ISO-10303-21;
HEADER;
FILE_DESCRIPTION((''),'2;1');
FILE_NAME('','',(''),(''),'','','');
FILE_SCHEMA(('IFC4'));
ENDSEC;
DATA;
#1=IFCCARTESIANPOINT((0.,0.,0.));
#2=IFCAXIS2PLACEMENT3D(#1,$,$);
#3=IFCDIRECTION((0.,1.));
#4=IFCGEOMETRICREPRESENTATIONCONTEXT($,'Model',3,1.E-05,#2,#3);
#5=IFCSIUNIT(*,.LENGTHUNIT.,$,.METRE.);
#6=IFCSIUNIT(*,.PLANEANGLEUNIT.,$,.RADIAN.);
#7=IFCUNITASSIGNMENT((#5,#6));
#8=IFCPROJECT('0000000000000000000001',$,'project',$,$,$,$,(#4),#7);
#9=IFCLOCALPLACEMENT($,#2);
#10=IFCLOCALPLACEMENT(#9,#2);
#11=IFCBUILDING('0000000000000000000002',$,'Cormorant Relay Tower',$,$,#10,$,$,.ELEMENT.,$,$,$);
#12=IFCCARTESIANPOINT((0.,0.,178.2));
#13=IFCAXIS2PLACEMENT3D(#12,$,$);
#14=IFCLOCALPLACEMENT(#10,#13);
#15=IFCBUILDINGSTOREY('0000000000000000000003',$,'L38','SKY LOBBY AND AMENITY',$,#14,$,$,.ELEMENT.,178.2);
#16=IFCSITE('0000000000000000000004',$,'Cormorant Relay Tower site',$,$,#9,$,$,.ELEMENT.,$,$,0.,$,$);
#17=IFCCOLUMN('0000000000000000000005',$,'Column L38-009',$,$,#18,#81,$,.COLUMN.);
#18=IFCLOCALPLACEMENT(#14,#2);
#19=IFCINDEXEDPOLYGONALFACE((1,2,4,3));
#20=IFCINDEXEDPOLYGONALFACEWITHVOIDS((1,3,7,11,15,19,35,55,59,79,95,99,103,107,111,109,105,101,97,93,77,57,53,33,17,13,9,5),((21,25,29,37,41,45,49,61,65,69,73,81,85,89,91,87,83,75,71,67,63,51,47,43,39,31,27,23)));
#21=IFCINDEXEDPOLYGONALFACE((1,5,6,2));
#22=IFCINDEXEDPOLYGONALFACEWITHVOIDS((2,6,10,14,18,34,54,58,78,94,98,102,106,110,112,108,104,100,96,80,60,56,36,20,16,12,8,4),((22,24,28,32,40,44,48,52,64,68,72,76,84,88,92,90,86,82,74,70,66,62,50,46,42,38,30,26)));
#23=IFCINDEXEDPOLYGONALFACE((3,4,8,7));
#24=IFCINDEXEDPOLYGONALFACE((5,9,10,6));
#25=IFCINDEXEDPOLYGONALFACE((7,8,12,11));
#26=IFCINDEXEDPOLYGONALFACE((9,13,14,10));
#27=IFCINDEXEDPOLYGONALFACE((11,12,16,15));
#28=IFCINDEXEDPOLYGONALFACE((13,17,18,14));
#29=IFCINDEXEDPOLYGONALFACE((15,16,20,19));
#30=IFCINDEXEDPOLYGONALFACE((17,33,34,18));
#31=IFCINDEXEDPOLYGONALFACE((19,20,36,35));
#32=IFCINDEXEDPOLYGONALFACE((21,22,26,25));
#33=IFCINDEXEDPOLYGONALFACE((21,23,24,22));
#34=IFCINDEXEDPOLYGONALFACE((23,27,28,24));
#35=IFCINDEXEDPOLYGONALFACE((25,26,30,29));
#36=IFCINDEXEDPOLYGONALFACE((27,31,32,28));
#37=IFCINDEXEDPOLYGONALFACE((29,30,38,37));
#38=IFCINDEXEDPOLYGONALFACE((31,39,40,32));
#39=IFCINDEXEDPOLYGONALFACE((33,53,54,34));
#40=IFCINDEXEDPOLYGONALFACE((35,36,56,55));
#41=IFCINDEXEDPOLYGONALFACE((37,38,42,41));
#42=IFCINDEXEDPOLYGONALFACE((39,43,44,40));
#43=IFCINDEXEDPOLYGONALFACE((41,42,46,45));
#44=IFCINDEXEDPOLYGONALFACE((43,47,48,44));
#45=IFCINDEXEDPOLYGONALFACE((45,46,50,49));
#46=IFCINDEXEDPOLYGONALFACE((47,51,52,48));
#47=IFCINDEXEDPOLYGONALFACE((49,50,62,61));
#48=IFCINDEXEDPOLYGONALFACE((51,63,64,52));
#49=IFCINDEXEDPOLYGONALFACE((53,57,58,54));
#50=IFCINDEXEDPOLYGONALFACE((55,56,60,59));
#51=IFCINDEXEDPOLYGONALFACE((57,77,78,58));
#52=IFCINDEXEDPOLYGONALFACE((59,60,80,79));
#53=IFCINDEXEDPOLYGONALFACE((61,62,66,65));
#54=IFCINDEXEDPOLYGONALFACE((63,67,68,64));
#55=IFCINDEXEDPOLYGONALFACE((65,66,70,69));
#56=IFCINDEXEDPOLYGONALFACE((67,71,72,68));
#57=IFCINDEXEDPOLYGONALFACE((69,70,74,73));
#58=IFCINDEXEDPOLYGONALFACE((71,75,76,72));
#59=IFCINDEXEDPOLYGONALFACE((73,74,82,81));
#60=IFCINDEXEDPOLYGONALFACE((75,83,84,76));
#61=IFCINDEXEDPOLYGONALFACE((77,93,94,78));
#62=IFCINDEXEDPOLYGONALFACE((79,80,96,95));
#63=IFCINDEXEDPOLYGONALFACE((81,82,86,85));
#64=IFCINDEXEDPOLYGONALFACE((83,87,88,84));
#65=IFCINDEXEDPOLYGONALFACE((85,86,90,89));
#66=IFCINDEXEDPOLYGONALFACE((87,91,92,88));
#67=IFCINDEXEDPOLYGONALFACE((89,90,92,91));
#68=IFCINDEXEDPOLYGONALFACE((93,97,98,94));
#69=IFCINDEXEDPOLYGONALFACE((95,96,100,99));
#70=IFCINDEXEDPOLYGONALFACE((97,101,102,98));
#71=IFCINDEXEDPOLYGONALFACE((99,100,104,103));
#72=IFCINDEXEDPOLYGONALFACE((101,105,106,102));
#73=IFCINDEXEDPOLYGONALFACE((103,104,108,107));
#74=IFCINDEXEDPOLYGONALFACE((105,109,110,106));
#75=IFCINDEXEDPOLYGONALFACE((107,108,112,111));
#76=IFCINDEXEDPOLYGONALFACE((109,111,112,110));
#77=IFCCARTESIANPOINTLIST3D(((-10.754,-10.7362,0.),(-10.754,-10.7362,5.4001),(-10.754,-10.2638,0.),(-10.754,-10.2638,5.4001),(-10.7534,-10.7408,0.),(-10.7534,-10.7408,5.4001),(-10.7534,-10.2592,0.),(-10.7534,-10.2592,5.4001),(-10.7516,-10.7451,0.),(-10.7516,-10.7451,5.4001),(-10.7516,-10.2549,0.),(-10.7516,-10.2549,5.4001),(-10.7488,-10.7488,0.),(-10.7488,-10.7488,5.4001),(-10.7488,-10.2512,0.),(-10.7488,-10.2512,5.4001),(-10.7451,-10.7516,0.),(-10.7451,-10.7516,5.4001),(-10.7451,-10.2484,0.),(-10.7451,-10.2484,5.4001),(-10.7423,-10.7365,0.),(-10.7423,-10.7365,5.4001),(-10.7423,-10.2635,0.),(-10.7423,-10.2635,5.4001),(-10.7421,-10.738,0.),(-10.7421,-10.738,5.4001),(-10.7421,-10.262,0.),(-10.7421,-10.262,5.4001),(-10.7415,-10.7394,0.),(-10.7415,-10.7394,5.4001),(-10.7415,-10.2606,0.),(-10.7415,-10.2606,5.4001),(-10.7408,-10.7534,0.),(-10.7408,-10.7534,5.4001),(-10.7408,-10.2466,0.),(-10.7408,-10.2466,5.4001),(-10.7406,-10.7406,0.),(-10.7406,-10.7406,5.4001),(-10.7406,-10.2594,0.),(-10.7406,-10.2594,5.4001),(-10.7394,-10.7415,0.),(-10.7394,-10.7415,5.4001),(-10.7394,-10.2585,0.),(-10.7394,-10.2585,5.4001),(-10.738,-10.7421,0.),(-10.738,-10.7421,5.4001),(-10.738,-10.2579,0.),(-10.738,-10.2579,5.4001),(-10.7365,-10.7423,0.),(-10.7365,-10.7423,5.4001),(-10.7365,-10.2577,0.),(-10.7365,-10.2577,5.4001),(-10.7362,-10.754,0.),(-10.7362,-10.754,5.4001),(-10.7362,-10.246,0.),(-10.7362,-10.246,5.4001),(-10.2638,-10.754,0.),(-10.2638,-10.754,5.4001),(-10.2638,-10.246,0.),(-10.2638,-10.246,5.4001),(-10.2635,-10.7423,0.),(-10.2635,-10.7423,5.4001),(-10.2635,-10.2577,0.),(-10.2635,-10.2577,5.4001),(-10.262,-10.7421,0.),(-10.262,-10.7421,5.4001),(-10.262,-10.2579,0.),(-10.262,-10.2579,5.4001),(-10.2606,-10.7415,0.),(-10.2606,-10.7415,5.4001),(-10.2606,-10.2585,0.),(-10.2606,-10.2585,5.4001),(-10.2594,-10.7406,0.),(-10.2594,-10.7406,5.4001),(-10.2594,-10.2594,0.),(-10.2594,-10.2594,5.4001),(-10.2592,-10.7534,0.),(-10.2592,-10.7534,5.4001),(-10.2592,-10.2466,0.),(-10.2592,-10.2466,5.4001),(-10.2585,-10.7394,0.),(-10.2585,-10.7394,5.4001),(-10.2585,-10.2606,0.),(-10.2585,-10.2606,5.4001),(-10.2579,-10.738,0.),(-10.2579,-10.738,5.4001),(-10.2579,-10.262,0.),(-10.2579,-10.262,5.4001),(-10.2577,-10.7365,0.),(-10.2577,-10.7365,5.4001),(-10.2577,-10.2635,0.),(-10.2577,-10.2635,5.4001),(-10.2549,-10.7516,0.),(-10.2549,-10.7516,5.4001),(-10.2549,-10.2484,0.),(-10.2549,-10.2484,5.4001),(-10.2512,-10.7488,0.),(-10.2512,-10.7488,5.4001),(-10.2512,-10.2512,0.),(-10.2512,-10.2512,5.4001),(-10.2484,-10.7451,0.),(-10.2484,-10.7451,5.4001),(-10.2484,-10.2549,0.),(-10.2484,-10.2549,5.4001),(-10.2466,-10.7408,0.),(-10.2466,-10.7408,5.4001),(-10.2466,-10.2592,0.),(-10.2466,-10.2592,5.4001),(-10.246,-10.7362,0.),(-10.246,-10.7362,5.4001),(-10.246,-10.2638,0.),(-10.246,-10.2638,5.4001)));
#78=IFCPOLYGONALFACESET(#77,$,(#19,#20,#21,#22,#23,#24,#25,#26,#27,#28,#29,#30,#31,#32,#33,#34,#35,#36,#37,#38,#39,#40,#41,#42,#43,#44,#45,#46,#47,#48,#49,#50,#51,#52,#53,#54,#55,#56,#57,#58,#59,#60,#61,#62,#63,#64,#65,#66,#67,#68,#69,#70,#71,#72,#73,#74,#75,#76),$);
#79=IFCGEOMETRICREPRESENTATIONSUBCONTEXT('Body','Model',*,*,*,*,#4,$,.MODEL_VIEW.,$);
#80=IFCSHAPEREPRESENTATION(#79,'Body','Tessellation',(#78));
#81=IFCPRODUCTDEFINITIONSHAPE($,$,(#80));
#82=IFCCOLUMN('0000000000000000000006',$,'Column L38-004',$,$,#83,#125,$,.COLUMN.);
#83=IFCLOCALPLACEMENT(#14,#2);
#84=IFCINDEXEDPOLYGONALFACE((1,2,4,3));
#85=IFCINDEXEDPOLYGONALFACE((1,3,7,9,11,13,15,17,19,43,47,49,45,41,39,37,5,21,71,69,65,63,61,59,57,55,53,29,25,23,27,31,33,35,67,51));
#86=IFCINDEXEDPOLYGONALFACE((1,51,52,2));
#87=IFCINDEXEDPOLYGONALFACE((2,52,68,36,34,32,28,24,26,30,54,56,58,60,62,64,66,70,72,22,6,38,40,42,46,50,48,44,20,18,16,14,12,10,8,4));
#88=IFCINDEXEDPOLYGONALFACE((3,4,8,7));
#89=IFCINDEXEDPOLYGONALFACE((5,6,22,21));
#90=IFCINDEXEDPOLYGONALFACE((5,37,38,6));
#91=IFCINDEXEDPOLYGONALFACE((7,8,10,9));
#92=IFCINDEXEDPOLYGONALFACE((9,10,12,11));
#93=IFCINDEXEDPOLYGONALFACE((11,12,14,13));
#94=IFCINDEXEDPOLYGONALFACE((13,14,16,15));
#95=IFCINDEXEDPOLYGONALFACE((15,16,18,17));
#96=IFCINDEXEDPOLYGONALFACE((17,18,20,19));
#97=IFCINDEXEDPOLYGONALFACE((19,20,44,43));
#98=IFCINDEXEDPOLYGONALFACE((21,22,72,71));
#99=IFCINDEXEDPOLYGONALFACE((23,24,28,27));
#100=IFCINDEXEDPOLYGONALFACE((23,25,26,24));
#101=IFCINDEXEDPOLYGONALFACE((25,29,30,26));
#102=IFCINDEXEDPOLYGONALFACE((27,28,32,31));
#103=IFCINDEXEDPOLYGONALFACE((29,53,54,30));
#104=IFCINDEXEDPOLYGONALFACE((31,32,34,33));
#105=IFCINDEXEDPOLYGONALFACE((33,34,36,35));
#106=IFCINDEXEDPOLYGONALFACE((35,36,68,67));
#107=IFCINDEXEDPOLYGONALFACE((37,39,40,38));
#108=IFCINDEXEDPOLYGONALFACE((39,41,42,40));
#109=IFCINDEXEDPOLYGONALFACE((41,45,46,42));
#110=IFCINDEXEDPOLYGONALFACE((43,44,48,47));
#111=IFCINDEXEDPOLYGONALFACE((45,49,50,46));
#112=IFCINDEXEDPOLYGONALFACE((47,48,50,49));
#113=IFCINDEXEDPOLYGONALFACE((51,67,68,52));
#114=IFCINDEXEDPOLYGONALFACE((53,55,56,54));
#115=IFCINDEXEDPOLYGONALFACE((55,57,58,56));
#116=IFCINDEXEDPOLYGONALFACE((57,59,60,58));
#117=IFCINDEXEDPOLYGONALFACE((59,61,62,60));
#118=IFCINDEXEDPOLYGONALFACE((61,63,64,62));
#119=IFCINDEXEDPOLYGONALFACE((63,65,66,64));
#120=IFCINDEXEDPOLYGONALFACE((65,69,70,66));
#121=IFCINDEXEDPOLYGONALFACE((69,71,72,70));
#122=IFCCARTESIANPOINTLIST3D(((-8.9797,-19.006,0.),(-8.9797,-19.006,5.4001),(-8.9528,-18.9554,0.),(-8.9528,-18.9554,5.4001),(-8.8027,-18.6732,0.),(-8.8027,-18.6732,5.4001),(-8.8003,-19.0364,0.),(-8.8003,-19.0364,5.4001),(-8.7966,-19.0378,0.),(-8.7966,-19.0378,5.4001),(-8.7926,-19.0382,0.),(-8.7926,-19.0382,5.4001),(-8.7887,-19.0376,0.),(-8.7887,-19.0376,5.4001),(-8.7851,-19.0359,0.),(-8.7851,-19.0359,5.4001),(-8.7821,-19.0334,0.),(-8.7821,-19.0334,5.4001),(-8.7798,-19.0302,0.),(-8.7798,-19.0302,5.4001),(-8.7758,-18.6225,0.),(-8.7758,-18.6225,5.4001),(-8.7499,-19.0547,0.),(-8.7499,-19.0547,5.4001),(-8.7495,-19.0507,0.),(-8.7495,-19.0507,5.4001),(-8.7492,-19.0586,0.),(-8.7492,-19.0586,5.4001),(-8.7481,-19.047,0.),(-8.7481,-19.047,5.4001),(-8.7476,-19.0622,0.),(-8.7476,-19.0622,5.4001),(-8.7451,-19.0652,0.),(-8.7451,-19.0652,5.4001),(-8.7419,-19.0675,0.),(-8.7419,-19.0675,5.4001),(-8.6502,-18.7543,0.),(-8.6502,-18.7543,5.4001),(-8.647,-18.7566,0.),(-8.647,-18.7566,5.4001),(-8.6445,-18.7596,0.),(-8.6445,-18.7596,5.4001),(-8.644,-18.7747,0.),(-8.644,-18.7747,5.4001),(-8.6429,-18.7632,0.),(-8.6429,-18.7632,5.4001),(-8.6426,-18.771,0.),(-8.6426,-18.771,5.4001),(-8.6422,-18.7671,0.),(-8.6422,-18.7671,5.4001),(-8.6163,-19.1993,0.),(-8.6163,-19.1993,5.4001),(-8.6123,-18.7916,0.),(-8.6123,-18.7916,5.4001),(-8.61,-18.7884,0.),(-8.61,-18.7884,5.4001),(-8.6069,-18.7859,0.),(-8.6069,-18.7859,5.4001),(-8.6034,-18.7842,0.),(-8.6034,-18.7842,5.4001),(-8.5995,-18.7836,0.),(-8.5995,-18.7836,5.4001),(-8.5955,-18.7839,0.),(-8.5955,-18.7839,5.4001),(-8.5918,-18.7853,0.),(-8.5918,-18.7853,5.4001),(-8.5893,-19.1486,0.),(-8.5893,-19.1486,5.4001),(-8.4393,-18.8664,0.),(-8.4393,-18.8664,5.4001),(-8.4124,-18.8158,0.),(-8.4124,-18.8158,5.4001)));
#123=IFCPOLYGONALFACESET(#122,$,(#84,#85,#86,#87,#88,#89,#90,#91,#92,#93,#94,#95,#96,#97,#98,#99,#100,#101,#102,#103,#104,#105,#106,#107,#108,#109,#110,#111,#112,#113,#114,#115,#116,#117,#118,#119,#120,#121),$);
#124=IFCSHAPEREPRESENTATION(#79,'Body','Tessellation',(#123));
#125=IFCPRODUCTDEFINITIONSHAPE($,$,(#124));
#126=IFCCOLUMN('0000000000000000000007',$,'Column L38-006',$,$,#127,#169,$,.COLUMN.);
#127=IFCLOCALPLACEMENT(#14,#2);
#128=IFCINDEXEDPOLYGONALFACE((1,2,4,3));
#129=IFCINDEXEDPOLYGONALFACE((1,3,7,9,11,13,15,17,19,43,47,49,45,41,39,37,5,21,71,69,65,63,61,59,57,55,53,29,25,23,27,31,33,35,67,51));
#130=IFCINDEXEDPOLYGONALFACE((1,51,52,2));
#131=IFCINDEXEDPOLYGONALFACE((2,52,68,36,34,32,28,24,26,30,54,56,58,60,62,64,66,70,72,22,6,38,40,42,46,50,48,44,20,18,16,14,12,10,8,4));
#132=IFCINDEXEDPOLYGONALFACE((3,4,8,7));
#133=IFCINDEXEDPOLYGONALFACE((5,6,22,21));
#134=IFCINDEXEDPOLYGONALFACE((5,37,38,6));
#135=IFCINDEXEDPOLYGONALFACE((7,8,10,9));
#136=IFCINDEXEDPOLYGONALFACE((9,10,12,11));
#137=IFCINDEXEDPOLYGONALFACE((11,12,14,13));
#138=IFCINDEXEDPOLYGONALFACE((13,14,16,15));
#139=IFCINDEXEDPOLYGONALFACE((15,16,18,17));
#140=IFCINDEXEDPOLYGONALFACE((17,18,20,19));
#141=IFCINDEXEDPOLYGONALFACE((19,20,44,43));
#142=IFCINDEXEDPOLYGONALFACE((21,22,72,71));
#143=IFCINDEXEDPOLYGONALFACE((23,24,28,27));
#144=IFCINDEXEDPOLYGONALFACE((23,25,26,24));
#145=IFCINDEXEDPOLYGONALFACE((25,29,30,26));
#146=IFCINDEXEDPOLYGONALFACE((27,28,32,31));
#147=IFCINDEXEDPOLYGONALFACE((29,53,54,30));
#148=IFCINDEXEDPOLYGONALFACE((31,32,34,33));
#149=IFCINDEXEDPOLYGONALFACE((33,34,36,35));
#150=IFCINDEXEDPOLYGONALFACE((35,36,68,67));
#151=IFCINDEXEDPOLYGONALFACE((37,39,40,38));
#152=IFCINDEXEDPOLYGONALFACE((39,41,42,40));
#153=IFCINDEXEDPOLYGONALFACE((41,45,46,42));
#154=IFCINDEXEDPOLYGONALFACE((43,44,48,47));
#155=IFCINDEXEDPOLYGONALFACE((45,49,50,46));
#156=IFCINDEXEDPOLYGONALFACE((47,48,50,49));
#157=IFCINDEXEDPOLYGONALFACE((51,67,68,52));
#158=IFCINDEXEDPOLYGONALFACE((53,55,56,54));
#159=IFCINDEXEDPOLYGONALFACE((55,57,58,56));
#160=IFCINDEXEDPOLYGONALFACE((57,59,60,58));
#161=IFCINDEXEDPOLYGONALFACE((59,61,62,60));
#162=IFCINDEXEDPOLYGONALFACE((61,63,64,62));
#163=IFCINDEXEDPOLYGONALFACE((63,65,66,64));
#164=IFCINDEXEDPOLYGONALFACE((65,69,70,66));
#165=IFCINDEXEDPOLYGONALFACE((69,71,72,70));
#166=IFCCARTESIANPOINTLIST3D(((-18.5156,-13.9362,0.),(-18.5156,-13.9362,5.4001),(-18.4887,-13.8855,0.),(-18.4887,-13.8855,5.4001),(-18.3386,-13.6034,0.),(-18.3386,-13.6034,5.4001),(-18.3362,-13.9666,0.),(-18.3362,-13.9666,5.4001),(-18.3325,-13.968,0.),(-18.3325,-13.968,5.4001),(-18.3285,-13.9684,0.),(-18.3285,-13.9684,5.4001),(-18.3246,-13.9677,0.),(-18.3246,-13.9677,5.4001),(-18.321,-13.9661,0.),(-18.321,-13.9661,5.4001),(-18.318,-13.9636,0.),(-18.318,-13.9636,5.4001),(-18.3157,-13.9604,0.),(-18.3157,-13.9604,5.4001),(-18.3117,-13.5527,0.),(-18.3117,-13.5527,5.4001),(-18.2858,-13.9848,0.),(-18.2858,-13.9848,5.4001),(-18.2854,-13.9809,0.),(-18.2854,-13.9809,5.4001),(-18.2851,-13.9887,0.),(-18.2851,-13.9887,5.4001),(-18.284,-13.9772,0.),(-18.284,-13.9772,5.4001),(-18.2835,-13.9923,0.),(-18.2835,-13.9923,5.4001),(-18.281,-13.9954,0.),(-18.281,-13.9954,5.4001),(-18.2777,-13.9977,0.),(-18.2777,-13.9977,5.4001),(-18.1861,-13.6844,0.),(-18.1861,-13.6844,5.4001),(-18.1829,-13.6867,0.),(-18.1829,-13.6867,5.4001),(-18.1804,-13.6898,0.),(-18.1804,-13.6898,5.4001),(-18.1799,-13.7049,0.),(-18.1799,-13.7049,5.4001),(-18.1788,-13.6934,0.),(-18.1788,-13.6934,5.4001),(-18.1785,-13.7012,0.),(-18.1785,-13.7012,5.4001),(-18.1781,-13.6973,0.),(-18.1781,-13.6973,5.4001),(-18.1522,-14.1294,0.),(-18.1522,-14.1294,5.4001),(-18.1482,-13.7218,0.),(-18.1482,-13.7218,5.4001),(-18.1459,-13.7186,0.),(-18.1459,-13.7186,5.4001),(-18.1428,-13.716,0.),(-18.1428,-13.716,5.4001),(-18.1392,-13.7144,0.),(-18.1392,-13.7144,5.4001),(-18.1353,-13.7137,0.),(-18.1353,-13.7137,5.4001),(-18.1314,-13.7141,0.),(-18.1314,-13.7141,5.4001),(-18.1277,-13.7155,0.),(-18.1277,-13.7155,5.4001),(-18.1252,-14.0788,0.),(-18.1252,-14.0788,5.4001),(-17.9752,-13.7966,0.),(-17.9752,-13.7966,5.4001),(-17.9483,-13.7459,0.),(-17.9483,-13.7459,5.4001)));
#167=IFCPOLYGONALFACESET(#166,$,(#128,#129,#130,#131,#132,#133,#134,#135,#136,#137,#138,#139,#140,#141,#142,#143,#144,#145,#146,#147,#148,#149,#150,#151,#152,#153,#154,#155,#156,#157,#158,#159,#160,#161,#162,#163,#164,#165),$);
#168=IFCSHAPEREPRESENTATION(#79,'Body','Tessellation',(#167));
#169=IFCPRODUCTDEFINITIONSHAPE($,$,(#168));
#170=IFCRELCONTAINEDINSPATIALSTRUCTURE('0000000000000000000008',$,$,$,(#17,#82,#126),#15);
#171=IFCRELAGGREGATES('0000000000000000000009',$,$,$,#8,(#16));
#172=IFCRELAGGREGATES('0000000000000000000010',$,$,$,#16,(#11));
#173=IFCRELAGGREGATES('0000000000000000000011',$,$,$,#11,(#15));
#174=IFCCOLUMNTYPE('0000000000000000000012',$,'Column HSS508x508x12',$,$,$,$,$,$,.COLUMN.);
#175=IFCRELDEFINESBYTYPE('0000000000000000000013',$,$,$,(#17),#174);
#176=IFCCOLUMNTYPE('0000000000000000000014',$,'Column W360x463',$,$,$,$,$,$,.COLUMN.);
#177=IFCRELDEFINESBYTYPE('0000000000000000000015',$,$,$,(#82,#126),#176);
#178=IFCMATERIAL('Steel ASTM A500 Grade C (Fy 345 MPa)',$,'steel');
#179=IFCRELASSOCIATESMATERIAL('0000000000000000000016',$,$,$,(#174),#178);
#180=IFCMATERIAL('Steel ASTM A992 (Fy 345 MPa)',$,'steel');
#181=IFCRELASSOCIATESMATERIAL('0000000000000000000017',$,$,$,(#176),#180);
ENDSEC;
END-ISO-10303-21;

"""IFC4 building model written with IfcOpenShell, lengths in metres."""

from ifc_helpers import new_model, si_unit, direction, frame, origin, origin_2d, place, context, subcontext, project, spatial, hollow_rectangle, i_section, extrude, material, material_profile, profile_set, type_object, element, save


model = new_model("IFC4")

# Units and contexts
model_context = context("Model", 3, precision=1e-05, world=origin(), true_north=direction((0.0, 1.0)))
body_context = subcontext(model_context, "Body", "Model", "MODEL_VIEW")
ifc_project = project(units=[si_unit("LENGTHUNIT", "METRE"), si_unit("PLANEANGLEUNIT", "RADIAN")], contexts=[model_context])

# Site, building, storey
site_placement = place(None, origin())
site = spatial("IfcSite", under=ifc_project, at=site_placement, Name="Cormorant Relay Tower site", CompositionType="ELEMENT", RefElevation=0.0)
building_placement = place(site_placement, origin())
building = spatial("IfcBuilding", under=site, at=building_placement, Name="Cormorant Relay Tower", CompositionType="ELEMENT")
storey_placement = place(building_placement, frame((0.0, 0.0, 178.2)))
storey = spatial("IfcBuildingStorey", under=building, at=storey_placement, Name="L38", Description="SKY LOBBY AND AMENITY", CompositionType="ELEMENT", Elevation=178.2)

# Columns
ifc_material_1 = material(Name="Steel ASTM A500 Grade C (Fy 345 MPa)", Category="steel")
ifc_material_profile_1 = material_profile(ifc_material_1, hollow_rectangle(XDim=0.5081, YDim=0.5081, WallThickness=0.0117, InnerFilletRadius=0.0059, OuterFilletRadius=0.0178, at=origin_2d()), Name="HSS508x508x12")
ifc_profile_set_1 = profile_set([ifc_material_profile_1], Name="Steel ASTM A500 Grade C (Fy 345 MPa)")
column_type_1 = type_object("IfcColumnType", Name="Column HSS508x508x12", PredefinedType="COLUMN", material=ifc_profile_set_1)
column_1_placement = place(storey_placement, frame((-10.5, -10.5, 0.0), z_axis=(0.0, 0.0, 1.0), x_axis=(1.0, 0.0, 0.0)))
element("IfcColumn", 1, at=column_1_placement, inside=storey, type_object=column_type_1, Name="Column L38-009", PredefinedType="COLUMN", context=body_context, shape_type="SweptSolid", body=[
    extrude(hollow_rectangle(XDim=0.5081, YDim=0.5081, WallThickness=0.0117, InnerFilletRadius=0.0059, OuterFilletRadius=0.0178, at=origin_2d()), origin(), (0.0, 0.0, 1.0), 5.4001),
])
ifc_material_2 = material(Name="Steel ASTM A992 (Fy 345 MPa)", Category="steel")
ifc_material_profile_2 = material_profile(ifc_material_2, i_section(OverallWidth=0.4116, OverallDepth=0.4343, WebThickness=0.0359, FlangeThickness=0.0574, FilletRadius=0.0151, at=origin_2d()), Name="W360x463")
ifc_profile_set_2 = profile_set([ifc_material_profile_2], Name="Steel ASTM A992 (Fy 345 MPa)")
column_type_2 = type_object("IfcColumnType", Name="Column W360x463", PredefinedType="COLUMN", material=ifc_profile_set_2)
for number, where, z_axis, x_axis, name in (
    (2, (-8.696, -18.9109, 0.0), (0.0, 0.0, 1.0), (0.882948, -0.469472, 0.0), "Column L38-004"),
    (3, (-18.2319, -13.8411, 0.0), (0.0, 0.0, 1.0), (0.882948, -0.469472, 0.0), "Column L38-006"),
):
    element("IfcColumn", number, at=place(storey_placement, frame(where, z_axis=z_axis, x_axis=x_axis)), inside=storey, type_object=column_type_2, Name=name, PredefinedType="COLUMN", context=body_context, shape_type="SweptSolid", body=[
        extrude(i_section(OverallWidth=0.4116, OverallDepth=0.4343, WebThickness=0.0359, FlangeThickness=0.0574, FilletRadius=0.0151, at=origin_2d()), origin(), (0.0, 0.0, 1.0), 5.4001),
    ])

save(model, "model.ifc")
